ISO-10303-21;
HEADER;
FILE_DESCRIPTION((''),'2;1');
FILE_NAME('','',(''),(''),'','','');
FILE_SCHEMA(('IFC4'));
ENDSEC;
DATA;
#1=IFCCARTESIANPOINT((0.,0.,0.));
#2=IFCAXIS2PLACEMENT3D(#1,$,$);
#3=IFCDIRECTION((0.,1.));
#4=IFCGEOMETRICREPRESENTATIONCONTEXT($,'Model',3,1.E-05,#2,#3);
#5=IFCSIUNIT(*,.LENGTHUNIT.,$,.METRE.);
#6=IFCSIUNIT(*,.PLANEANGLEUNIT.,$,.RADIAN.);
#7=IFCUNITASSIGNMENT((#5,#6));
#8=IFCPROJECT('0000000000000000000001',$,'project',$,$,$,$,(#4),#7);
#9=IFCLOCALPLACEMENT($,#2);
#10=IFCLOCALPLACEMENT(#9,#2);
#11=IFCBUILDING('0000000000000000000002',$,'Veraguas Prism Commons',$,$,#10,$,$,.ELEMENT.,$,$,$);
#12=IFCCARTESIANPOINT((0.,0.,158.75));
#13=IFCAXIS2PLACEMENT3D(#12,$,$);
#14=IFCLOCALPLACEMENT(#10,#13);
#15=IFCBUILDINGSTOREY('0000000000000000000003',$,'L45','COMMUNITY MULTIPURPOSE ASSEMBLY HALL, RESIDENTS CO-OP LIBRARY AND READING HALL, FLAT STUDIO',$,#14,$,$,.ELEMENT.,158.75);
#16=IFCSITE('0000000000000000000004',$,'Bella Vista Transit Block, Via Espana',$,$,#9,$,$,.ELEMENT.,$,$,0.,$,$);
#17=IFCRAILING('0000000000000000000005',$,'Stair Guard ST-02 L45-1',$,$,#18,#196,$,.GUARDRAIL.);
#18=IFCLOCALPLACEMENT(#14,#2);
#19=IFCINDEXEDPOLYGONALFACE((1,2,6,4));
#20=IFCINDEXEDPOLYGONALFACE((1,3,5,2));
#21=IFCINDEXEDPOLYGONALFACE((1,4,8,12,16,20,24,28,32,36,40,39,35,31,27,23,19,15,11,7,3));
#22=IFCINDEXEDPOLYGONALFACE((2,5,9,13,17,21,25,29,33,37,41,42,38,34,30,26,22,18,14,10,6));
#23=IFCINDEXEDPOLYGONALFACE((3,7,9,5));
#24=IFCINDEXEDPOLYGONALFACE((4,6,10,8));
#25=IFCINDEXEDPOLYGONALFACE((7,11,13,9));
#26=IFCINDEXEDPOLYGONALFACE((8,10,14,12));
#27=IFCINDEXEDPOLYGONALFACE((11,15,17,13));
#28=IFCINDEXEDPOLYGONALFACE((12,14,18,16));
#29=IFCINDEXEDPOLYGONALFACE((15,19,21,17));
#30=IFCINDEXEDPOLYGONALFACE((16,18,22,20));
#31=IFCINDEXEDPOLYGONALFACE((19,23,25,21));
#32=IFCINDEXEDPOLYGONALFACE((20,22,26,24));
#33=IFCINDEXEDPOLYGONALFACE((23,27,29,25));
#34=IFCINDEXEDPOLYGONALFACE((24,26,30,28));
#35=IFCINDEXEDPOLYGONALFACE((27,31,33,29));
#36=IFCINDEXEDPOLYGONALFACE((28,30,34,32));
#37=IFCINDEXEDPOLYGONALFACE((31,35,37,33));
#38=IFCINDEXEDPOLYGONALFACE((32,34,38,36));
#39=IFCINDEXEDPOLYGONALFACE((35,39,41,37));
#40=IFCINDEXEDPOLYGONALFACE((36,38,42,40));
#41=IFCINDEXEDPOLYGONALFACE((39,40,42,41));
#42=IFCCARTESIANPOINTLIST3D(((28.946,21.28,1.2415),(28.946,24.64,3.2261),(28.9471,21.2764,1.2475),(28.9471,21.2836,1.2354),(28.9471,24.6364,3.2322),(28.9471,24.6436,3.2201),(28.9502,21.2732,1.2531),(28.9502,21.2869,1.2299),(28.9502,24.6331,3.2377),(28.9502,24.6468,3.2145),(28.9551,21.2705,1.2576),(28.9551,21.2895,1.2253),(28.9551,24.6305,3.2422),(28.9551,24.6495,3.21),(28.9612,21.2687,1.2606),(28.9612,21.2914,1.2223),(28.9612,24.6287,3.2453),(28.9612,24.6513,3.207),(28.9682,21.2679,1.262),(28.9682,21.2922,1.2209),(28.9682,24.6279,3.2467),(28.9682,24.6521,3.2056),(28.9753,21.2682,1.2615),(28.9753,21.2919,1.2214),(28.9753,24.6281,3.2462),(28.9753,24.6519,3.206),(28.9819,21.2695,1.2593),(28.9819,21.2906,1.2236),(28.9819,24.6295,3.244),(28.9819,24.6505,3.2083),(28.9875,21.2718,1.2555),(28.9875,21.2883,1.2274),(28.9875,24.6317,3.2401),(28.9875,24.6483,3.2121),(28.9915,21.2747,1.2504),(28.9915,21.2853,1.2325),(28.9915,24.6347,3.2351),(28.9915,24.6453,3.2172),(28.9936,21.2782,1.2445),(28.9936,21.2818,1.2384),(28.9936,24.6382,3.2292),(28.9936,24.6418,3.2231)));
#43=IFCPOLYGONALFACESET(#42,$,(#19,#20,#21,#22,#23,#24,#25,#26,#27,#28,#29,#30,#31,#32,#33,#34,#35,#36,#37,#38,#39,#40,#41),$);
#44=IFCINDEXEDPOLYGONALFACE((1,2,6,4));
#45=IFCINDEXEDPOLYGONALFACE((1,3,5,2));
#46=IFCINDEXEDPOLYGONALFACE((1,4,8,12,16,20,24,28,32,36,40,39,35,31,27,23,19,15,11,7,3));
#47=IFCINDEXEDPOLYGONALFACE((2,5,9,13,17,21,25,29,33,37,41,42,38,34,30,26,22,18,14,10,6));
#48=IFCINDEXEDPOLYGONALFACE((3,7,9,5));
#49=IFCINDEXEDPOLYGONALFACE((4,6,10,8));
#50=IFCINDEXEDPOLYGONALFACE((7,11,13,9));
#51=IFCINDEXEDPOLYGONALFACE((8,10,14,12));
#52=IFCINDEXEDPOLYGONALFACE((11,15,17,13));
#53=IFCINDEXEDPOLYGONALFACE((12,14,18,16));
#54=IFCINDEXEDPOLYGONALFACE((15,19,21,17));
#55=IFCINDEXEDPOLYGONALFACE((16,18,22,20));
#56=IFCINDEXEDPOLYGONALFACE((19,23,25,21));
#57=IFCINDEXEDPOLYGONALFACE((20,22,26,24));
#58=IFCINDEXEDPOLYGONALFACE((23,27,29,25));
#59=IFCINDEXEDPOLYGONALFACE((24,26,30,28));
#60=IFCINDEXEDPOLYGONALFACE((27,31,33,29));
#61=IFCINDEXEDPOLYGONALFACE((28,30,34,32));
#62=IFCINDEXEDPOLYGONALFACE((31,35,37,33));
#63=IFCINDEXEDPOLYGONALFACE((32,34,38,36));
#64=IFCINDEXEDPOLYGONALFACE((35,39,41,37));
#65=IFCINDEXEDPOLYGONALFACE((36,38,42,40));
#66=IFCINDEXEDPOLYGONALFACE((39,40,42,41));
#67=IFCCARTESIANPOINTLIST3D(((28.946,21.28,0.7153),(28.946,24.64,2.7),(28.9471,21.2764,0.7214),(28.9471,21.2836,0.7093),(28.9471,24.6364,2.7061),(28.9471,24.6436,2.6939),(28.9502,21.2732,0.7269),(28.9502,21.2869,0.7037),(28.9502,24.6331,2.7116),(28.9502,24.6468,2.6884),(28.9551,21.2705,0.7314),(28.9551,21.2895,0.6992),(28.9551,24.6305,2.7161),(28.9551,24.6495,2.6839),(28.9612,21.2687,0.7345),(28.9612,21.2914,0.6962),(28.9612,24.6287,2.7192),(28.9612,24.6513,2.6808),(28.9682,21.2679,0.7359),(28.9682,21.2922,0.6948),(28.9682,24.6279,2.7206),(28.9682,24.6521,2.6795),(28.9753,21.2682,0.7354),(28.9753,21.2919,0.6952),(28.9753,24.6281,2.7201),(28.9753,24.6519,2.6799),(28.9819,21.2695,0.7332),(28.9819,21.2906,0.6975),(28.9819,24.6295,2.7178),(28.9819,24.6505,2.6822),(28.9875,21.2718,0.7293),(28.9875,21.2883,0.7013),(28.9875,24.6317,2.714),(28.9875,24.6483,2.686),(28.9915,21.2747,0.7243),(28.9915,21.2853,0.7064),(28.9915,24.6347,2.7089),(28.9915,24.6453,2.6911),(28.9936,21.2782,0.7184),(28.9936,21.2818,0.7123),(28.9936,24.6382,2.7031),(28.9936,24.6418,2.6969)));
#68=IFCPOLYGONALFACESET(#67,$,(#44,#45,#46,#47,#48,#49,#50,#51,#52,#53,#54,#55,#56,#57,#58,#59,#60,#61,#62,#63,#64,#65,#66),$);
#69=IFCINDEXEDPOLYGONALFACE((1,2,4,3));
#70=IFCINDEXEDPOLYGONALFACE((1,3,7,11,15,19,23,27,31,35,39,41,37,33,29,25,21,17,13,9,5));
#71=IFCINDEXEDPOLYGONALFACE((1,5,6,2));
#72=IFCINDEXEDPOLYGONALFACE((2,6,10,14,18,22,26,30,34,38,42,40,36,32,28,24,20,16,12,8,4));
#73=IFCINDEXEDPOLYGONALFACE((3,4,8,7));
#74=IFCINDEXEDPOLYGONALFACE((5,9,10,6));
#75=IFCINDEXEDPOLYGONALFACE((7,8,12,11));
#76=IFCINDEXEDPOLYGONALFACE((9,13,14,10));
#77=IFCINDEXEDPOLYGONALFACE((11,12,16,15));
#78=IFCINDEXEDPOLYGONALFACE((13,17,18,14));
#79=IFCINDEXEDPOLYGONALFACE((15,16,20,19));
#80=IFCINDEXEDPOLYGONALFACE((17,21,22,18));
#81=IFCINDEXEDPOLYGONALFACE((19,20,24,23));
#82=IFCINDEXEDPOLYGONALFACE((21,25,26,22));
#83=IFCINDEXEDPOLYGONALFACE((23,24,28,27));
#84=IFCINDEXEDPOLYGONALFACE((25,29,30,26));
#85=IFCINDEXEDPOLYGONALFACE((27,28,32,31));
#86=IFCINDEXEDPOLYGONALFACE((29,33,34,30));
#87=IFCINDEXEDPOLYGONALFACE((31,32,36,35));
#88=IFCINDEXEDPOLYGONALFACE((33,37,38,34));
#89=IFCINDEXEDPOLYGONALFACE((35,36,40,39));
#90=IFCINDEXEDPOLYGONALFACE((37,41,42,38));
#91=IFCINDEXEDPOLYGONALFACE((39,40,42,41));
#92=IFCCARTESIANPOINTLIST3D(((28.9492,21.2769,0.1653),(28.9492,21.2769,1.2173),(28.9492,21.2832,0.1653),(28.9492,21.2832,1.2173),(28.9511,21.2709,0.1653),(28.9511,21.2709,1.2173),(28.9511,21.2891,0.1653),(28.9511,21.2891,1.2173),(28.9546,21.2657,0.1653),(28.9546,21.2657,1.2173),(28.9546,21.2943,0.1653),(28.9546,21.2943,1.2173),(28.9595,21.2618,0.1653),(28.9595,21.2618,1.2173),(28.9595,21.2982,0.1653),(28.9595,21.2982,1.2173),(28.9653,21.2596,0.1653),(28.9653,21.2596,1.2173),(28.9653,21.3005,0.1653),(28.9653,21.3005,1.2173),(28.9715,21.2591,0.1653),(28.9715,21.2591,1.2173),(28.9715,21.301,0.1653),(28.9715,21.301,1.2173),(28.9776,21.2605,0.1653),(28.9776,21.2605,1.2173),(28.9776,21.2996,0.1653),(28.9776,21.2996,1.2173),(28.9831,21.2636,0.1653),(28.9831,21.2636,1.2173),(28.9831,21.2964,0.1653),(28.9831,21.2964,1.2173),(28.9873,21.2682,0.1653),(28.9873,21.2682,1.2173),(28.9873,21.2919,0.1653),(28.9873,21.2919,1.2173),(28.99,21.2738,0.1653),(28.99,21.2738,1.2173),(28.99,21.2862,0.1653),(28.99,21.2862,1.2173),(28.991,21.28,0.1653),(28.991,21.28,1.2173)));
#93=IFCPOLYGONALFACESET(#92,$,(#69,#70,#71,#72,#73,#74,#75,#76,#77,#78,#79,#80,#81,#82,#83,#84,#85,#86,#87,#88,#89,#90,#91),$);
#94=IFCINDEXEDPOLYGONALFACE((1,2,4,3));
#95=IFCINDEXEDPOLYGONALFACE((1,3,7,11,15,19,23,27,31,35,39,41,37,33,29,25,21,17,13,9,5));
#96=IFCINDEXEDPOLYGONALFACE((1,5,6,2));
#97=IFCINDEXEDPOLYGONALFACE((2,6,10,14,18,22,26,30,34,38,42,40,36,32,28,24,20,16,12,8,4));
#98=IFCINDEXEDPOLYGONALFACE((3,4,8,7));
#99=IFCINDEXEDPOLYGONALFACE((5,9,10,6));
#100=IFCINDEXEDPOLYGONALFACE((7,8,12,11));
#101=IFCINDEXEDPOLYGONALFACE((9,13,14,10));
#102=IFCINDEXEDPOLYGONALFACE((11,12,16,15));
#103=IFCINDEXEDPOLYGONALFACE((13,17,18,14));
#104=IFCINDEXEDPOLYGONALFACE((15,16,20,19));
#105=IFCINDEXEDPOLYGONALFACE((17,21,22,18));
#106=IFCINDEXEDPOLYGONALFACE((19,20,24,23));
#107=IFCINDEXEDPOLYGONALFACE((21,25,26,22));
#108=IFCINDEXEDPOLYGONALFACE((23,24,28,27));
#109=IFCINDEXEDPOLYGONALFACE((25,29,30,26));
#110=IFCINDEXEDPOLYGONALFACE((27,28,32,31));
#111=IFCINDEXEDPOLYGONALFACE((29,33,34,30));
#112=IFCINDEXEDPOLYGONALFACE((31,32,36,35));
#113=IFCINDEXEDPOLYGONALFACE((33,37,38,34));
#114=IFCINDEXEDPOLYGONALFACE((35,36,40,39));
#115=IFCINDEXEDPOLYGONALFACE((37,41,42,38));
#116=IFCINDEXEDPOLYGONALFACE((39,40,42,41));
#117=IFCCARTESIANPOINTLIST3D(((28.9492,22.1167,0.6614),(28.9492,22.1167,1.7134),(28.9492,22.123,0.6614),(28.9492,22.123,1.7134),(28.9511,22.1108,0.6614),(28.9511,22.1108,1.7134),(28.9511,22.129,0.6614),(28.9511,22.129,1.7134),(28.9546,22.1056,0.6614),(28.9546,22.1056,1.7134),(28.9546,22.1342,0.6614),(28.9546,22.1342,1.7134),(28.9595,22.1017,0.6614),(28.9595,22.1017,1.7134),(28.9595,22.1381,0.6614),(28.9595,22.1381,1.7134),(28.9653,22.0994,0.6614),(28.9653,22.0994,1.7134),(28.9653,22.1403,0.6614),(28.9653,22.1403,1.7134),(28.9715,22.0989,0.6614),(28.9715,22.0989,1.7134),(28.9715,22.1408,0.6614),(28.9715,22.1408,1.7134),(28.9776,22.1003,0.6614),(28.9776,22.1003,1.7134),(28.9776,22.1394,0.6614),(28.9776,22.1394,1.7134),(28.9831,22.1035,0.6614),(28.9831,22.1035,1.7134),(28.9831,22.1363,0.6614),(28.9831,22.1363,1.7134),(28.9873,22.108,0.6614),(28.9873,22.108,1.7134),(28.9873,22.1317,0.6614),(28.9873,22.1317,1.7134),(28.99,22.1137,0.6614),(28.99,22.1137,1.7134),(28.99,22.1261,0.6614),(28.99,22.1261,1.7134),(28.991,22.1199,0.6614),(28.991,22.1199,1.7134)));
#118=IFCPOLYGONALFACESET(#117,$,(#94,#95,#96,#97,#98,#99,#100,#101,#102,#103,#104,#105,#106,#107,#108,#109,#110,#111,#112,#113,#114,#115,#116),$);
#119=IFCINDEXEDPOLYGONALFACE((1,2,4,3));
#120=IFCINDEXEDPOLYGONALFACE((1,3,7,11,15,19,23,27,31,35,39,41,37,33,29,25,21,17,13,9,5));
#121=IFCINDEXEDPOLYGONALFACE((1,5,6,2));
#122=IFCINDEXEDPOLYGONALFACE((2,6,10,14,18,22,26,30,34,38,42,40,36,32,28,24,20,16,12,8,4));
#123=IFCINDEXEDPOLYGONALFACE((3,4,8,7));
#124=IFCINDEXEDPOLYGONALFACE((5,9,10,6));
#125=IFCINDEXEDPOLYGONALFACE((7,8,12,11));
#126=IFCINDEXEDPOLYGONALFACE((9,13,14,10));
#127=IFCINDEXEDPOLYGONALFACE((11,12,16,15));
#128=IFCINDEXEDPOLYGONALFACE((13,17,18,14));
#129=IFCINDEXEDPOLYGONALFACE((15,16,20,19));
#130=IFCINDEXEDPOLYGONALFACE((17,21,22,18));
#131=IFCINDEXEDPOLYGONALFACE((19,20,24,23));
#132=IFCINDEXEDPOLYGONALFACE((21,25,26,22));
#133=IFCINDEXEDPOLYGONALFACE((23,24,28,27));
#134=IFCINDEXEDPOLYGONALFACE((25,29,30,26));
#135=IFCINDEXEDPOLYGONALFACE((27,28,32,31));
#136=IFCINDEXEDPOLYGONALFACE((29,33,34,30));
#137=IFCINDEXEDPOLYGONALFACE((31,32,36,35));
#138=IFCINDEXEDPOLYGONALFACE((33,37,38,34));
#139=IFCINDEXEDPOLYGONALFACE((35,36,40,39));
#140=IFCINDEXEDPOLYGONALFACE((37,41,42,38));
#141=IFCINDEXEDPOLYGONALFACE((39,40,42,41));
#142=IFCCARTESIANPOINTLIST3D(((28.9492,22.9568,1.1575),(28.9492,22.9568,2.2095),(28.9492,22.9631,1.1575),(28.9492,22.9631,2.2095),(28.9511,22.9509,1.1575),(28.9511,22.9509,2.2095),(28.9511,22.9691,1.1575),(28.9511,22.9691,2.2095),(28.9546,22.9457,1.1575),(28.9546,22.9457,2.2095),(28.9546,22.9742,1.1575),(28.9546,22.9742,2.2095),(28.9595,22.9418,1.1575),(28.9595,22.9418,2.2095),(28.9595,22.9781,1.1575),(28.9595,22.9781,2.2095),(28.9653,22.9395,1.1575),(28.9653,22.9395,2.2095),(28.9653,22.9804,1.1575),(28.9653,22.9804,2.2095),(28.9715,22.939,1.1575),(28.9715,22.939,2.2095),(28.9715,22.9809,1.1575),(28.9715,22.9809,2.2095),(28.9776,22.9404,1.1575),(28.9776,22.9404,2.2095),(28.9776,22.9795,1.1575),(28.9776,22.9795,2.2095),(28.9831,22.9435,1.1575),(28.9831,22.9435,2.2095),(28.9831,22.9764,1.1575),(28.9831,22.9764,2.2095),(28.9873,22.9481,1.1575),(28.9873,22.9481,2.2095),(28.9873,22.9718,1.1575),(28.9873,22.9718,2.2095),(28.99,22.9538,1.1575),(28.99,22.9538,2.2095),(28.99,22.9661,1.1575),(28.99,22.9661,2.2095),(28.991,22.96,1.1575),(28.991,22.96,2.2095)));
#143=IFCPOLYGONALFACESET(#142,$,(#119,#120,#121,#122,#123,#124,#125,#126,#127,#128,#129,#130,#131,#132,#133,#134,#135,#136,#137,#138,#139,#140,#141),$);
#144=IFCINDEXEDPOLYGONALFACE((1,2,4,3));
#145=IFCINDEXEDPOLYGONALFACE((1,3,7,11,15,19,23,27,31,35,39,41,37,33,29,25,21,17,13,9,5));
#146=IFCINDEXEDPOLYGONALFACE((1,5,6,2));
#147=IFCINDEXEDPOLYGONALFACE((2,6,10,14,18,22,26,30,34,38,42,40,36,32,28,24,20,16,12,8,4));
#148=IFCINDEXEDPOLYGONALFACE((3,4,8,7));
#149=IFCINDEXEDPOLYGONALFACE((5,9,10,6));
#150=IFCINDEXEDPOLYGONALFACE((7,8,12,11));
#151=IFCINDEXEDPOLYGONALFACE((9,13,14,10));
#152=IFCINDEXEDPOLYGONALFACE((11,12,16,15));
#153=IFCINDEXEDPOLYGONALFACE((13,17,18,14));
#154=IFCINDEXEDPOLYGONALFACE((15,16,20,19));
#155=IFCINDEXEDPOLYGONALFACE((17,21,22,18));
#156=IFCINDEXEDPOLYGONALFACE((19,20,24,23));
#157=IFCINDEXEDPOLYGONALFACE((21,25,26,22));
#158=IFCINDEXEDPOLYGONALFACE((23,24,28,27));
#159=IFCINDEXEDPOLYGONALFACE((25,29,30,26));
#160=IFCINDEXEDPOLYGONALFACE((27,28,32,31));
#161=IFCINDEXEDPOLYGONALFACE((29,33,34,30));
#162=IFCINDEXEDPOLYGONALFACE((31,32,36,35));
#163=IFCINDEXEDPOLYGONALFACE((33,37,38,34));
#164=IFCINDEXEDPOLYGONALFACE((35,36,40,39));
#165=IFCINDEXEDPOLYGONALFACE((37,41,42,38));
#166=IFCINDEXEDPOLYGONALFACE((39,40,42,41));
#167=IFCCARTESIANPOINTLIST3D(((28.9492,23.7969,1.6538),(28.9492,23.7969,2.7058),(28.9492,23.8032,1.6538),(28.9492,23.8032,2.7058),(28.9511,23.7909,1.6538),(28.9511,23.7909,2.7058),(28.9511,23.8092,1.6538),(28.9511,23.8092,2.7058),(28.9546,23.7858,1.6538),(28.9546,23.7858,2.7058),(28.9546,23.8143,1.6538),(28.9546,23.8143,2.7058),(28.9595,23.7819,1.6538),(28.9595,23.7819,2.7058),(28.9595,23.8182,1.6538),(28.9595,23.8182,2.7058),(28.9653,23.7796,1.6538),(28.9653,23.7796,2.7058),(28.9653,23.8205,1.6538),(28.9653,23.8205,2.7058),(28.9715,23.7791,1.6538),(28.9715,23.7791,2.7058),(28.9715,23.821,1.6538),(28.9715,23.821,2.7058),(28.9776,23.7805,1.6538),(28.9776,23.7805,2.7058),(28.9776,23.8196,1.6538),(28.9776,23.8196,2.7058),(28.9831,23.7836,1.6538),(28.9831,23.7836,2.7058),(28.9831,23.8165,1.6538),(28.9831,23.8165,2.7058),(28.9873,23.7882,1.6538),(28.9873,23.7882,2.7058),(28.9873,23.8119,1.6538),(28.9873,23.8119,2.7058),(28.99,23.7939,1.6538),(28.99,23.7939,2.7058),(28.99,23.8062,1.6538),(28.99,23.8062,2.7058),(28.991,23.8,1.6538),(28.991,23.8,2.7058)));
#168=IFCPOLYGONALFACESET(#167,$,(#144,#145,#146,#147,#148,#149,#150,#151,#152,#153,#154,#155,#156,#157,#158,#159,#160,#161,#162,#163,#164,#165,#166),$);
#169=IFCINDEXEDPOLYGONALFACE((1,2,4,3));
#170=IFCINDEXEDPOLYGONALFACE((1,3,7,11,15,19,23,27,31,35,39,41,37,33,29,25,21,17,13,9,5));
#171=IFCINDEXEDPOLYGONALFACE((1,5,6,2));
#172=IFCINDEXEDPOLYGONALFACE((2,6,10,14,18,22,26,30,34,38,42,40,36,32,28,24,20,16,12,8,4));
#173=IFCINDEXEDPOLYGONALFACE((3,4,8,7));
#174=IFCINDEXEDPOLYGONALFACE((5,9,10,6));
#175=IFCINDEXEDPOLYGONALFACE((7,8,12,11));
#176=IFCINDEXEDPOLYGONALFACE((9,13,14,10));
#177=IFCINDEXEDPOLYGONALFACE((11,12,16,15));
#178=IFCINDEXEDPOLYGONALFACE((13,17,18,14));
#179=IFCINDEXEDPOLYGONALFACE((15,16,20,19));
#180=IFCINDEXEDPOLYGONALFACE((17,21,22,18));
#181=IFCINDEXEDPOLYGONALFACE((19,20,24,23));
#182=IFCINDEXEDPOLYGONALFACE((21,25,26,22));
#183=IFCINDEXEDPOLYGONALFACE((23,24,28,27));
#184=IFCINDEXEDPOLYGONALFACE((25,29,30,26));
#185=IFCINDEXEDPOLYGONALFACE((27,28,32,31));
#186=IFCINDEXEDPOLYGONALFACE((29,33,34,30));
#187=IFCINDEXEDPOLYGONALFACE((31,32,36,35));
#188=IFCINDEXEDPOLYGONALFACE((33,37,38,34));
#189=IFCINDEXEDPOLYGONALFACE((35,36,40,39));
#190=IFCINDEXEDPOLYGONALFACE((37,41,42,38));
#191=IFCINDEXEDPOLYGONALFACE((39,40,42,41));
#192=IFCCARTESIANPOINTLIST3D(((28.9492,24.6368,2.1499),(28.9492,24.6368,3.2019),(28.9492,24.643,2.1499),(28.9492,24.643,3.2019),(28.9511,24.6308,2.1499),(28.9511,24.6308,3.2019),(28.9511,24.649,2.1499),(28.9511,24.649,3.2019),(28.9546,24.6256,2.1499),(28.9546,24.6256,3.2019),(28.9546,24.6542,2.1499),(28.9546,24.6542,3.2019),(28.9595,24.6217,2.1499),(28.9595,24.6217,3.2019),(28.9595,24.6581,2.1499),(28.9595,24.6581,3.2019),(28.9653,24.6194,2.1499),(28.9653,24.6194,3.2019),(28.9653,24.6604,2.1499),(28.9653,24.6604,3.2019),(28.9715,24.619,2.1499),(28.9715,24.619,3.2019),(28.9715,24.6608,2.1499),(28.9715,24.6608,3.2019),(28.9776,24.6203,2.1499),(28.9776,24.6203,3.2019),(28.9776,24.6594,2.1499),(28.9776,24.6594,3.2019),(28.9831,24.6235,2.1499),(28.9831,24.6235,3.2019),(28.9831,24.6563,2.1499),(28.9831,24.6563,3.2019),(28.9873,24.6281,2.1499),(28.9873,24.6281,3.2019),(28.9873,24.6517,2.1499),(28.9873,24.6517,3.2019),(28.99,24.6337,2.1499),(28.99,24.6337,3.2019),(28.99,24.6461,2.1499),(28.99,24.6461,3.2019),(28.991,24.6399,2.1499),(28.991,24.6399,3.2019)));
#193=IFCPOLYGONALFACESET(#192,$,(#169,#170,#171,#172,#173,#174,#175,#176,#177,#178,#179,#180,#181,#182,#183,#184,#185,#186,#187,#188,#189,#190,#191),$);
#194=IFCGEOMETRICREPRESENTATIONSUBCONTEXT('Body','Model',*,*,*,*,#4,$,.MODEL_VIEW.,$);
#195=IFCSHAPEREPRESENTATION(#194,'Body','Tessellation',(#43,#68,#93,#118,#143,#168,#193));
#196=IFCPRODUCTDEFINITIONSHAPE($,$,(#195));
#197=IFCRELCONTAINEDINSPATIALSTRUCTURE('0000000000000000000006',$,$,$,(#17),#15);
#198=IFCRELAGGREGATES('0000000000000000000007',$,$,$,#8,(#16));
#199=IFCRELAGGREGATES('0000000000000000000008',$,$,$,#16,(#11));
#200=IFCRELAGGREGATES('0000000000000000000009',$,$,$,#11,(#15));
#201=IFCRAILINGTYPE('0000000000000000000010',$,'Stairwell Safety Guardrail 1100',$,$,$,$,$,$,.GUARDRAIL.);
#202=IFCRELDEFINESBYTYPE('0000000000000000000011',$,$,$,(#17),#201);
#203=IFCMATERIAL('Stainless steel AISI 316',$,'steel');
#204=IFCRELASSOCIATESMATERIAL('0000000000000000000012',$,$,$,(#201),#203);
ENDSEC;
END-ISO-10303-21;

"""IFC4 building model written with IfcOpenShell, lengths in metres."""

from ifc_helpers import new_model, si_unit, direction, frame, origin, origin_2d, place, context, subcontext, project, spatial, circle, extrude, material, type_object, element, save


model = new_model("IFC4")

# Units and contexts
model_context = context("Model", 3, precision=1e-05, world=origin(), true_north=direction((0.0, 1.0)))
body_context = subcontext(model_context, "Body", "Model", "MODEL_VIEW")
ifc_project = project(units=[si_unit("LENGTHUNIT", "METRE"), si_unit("PLANEANGLEUNIT", "RADIAN")], contexts=[model_context])

# Site, building, storey
site_placement = place(None, origin())
site = spatial("IfcSite", under=ifc_project, at=site_placement, Name="Bella Vista Transit Block, Via Espana", CompositionType="ELEMENT", RefElevation=0.0)
building_placement = place(site_placement, origin())
building = spatial("IfcBuilding", under=site, at=building_placement, Name="Veraguas Prism Commons", CompositionType="ELEMENT")
storey_placement = place(building_placement, frame((0.0, 0.0, 158.75)))
storey = spatial("IfcBuildingStorey", under=building, at=storey_placement, Name="L45", Description="COMMUNITY MULTIPURPOSE ASSEMBLY HALL, RESIDENTS CO-OP LIBRARY AND READING HALL, FLAT STUDIO", CompositionType="ELEMENT", Elevation=158.75)

# Shared definitions
ifc_material_1 = material(Name="Stainless steel AISI 316", Category="steel")

# Railing
railing_type = type_object("IfcRailingType", Name="Stairwell Safety Guardrail 1100", PredefinedType="GUARDRAIL", material=ifc_material_1)
railing_1_placement = place(storey_placement, frame((28.97, 21.28, 0.1653)))
element("IfcRailing", 1, at=railing_1_placement, inside=storey, type_object=railing_type, Name="Stair Guard ST-02 L45-1", PredefinedType="GUARDRAIL", context=body_context, shape_type="SweptSolid", body=[
    extrude(circle(Radius=0.0239, at=origin_2d()), frame((0.0, 0.0, 1.0762), z_axis=(0.0, 0.861011, 0.508586), x_axis=(-1.0, 0.0, 0.0)), (0.0, 0.0, 1.0), 3.9023),
    extrude(circle(Radius=0.0239, at=origin_2d()), frame((0.0, 0.0, 0.55), z_axis=(0.0, 0.861011, 0.508586), x_axis=(-1.0, 0.0, 0.0)), (0.0, 0.0, 1.0), 3.9023),
    extrude(circle(Radius=0.021, at=origin_2d()), origin(), (0.0, 0.0, 1.0), 1.052),
    extrude(circle(Radius=0.021, at=origin_2d()), frame((0.0, 0.8398, 0.4961)), (0.0, 0.0, 1.0), 1.052),
    extrude(circle(Radius=0.021, at=origin_2d()), frame((0.0, 1.6799, 0.9922)), (0.0, 0.0, 1.0), 1.052),
    extrude(circle(Radius=0.021, at=origin_2d()), frame((0.0, 2.52, 1.4885)), (0.0, 0.0, 1.0), 1.052),
    extrude(circle(Radius=0.021, at=origin_2d()), frame((0.0, 3.3599, 1.9846)), (0.0, 0.0, 1.0), 1.052),
])

save(model, "model.ifc")
